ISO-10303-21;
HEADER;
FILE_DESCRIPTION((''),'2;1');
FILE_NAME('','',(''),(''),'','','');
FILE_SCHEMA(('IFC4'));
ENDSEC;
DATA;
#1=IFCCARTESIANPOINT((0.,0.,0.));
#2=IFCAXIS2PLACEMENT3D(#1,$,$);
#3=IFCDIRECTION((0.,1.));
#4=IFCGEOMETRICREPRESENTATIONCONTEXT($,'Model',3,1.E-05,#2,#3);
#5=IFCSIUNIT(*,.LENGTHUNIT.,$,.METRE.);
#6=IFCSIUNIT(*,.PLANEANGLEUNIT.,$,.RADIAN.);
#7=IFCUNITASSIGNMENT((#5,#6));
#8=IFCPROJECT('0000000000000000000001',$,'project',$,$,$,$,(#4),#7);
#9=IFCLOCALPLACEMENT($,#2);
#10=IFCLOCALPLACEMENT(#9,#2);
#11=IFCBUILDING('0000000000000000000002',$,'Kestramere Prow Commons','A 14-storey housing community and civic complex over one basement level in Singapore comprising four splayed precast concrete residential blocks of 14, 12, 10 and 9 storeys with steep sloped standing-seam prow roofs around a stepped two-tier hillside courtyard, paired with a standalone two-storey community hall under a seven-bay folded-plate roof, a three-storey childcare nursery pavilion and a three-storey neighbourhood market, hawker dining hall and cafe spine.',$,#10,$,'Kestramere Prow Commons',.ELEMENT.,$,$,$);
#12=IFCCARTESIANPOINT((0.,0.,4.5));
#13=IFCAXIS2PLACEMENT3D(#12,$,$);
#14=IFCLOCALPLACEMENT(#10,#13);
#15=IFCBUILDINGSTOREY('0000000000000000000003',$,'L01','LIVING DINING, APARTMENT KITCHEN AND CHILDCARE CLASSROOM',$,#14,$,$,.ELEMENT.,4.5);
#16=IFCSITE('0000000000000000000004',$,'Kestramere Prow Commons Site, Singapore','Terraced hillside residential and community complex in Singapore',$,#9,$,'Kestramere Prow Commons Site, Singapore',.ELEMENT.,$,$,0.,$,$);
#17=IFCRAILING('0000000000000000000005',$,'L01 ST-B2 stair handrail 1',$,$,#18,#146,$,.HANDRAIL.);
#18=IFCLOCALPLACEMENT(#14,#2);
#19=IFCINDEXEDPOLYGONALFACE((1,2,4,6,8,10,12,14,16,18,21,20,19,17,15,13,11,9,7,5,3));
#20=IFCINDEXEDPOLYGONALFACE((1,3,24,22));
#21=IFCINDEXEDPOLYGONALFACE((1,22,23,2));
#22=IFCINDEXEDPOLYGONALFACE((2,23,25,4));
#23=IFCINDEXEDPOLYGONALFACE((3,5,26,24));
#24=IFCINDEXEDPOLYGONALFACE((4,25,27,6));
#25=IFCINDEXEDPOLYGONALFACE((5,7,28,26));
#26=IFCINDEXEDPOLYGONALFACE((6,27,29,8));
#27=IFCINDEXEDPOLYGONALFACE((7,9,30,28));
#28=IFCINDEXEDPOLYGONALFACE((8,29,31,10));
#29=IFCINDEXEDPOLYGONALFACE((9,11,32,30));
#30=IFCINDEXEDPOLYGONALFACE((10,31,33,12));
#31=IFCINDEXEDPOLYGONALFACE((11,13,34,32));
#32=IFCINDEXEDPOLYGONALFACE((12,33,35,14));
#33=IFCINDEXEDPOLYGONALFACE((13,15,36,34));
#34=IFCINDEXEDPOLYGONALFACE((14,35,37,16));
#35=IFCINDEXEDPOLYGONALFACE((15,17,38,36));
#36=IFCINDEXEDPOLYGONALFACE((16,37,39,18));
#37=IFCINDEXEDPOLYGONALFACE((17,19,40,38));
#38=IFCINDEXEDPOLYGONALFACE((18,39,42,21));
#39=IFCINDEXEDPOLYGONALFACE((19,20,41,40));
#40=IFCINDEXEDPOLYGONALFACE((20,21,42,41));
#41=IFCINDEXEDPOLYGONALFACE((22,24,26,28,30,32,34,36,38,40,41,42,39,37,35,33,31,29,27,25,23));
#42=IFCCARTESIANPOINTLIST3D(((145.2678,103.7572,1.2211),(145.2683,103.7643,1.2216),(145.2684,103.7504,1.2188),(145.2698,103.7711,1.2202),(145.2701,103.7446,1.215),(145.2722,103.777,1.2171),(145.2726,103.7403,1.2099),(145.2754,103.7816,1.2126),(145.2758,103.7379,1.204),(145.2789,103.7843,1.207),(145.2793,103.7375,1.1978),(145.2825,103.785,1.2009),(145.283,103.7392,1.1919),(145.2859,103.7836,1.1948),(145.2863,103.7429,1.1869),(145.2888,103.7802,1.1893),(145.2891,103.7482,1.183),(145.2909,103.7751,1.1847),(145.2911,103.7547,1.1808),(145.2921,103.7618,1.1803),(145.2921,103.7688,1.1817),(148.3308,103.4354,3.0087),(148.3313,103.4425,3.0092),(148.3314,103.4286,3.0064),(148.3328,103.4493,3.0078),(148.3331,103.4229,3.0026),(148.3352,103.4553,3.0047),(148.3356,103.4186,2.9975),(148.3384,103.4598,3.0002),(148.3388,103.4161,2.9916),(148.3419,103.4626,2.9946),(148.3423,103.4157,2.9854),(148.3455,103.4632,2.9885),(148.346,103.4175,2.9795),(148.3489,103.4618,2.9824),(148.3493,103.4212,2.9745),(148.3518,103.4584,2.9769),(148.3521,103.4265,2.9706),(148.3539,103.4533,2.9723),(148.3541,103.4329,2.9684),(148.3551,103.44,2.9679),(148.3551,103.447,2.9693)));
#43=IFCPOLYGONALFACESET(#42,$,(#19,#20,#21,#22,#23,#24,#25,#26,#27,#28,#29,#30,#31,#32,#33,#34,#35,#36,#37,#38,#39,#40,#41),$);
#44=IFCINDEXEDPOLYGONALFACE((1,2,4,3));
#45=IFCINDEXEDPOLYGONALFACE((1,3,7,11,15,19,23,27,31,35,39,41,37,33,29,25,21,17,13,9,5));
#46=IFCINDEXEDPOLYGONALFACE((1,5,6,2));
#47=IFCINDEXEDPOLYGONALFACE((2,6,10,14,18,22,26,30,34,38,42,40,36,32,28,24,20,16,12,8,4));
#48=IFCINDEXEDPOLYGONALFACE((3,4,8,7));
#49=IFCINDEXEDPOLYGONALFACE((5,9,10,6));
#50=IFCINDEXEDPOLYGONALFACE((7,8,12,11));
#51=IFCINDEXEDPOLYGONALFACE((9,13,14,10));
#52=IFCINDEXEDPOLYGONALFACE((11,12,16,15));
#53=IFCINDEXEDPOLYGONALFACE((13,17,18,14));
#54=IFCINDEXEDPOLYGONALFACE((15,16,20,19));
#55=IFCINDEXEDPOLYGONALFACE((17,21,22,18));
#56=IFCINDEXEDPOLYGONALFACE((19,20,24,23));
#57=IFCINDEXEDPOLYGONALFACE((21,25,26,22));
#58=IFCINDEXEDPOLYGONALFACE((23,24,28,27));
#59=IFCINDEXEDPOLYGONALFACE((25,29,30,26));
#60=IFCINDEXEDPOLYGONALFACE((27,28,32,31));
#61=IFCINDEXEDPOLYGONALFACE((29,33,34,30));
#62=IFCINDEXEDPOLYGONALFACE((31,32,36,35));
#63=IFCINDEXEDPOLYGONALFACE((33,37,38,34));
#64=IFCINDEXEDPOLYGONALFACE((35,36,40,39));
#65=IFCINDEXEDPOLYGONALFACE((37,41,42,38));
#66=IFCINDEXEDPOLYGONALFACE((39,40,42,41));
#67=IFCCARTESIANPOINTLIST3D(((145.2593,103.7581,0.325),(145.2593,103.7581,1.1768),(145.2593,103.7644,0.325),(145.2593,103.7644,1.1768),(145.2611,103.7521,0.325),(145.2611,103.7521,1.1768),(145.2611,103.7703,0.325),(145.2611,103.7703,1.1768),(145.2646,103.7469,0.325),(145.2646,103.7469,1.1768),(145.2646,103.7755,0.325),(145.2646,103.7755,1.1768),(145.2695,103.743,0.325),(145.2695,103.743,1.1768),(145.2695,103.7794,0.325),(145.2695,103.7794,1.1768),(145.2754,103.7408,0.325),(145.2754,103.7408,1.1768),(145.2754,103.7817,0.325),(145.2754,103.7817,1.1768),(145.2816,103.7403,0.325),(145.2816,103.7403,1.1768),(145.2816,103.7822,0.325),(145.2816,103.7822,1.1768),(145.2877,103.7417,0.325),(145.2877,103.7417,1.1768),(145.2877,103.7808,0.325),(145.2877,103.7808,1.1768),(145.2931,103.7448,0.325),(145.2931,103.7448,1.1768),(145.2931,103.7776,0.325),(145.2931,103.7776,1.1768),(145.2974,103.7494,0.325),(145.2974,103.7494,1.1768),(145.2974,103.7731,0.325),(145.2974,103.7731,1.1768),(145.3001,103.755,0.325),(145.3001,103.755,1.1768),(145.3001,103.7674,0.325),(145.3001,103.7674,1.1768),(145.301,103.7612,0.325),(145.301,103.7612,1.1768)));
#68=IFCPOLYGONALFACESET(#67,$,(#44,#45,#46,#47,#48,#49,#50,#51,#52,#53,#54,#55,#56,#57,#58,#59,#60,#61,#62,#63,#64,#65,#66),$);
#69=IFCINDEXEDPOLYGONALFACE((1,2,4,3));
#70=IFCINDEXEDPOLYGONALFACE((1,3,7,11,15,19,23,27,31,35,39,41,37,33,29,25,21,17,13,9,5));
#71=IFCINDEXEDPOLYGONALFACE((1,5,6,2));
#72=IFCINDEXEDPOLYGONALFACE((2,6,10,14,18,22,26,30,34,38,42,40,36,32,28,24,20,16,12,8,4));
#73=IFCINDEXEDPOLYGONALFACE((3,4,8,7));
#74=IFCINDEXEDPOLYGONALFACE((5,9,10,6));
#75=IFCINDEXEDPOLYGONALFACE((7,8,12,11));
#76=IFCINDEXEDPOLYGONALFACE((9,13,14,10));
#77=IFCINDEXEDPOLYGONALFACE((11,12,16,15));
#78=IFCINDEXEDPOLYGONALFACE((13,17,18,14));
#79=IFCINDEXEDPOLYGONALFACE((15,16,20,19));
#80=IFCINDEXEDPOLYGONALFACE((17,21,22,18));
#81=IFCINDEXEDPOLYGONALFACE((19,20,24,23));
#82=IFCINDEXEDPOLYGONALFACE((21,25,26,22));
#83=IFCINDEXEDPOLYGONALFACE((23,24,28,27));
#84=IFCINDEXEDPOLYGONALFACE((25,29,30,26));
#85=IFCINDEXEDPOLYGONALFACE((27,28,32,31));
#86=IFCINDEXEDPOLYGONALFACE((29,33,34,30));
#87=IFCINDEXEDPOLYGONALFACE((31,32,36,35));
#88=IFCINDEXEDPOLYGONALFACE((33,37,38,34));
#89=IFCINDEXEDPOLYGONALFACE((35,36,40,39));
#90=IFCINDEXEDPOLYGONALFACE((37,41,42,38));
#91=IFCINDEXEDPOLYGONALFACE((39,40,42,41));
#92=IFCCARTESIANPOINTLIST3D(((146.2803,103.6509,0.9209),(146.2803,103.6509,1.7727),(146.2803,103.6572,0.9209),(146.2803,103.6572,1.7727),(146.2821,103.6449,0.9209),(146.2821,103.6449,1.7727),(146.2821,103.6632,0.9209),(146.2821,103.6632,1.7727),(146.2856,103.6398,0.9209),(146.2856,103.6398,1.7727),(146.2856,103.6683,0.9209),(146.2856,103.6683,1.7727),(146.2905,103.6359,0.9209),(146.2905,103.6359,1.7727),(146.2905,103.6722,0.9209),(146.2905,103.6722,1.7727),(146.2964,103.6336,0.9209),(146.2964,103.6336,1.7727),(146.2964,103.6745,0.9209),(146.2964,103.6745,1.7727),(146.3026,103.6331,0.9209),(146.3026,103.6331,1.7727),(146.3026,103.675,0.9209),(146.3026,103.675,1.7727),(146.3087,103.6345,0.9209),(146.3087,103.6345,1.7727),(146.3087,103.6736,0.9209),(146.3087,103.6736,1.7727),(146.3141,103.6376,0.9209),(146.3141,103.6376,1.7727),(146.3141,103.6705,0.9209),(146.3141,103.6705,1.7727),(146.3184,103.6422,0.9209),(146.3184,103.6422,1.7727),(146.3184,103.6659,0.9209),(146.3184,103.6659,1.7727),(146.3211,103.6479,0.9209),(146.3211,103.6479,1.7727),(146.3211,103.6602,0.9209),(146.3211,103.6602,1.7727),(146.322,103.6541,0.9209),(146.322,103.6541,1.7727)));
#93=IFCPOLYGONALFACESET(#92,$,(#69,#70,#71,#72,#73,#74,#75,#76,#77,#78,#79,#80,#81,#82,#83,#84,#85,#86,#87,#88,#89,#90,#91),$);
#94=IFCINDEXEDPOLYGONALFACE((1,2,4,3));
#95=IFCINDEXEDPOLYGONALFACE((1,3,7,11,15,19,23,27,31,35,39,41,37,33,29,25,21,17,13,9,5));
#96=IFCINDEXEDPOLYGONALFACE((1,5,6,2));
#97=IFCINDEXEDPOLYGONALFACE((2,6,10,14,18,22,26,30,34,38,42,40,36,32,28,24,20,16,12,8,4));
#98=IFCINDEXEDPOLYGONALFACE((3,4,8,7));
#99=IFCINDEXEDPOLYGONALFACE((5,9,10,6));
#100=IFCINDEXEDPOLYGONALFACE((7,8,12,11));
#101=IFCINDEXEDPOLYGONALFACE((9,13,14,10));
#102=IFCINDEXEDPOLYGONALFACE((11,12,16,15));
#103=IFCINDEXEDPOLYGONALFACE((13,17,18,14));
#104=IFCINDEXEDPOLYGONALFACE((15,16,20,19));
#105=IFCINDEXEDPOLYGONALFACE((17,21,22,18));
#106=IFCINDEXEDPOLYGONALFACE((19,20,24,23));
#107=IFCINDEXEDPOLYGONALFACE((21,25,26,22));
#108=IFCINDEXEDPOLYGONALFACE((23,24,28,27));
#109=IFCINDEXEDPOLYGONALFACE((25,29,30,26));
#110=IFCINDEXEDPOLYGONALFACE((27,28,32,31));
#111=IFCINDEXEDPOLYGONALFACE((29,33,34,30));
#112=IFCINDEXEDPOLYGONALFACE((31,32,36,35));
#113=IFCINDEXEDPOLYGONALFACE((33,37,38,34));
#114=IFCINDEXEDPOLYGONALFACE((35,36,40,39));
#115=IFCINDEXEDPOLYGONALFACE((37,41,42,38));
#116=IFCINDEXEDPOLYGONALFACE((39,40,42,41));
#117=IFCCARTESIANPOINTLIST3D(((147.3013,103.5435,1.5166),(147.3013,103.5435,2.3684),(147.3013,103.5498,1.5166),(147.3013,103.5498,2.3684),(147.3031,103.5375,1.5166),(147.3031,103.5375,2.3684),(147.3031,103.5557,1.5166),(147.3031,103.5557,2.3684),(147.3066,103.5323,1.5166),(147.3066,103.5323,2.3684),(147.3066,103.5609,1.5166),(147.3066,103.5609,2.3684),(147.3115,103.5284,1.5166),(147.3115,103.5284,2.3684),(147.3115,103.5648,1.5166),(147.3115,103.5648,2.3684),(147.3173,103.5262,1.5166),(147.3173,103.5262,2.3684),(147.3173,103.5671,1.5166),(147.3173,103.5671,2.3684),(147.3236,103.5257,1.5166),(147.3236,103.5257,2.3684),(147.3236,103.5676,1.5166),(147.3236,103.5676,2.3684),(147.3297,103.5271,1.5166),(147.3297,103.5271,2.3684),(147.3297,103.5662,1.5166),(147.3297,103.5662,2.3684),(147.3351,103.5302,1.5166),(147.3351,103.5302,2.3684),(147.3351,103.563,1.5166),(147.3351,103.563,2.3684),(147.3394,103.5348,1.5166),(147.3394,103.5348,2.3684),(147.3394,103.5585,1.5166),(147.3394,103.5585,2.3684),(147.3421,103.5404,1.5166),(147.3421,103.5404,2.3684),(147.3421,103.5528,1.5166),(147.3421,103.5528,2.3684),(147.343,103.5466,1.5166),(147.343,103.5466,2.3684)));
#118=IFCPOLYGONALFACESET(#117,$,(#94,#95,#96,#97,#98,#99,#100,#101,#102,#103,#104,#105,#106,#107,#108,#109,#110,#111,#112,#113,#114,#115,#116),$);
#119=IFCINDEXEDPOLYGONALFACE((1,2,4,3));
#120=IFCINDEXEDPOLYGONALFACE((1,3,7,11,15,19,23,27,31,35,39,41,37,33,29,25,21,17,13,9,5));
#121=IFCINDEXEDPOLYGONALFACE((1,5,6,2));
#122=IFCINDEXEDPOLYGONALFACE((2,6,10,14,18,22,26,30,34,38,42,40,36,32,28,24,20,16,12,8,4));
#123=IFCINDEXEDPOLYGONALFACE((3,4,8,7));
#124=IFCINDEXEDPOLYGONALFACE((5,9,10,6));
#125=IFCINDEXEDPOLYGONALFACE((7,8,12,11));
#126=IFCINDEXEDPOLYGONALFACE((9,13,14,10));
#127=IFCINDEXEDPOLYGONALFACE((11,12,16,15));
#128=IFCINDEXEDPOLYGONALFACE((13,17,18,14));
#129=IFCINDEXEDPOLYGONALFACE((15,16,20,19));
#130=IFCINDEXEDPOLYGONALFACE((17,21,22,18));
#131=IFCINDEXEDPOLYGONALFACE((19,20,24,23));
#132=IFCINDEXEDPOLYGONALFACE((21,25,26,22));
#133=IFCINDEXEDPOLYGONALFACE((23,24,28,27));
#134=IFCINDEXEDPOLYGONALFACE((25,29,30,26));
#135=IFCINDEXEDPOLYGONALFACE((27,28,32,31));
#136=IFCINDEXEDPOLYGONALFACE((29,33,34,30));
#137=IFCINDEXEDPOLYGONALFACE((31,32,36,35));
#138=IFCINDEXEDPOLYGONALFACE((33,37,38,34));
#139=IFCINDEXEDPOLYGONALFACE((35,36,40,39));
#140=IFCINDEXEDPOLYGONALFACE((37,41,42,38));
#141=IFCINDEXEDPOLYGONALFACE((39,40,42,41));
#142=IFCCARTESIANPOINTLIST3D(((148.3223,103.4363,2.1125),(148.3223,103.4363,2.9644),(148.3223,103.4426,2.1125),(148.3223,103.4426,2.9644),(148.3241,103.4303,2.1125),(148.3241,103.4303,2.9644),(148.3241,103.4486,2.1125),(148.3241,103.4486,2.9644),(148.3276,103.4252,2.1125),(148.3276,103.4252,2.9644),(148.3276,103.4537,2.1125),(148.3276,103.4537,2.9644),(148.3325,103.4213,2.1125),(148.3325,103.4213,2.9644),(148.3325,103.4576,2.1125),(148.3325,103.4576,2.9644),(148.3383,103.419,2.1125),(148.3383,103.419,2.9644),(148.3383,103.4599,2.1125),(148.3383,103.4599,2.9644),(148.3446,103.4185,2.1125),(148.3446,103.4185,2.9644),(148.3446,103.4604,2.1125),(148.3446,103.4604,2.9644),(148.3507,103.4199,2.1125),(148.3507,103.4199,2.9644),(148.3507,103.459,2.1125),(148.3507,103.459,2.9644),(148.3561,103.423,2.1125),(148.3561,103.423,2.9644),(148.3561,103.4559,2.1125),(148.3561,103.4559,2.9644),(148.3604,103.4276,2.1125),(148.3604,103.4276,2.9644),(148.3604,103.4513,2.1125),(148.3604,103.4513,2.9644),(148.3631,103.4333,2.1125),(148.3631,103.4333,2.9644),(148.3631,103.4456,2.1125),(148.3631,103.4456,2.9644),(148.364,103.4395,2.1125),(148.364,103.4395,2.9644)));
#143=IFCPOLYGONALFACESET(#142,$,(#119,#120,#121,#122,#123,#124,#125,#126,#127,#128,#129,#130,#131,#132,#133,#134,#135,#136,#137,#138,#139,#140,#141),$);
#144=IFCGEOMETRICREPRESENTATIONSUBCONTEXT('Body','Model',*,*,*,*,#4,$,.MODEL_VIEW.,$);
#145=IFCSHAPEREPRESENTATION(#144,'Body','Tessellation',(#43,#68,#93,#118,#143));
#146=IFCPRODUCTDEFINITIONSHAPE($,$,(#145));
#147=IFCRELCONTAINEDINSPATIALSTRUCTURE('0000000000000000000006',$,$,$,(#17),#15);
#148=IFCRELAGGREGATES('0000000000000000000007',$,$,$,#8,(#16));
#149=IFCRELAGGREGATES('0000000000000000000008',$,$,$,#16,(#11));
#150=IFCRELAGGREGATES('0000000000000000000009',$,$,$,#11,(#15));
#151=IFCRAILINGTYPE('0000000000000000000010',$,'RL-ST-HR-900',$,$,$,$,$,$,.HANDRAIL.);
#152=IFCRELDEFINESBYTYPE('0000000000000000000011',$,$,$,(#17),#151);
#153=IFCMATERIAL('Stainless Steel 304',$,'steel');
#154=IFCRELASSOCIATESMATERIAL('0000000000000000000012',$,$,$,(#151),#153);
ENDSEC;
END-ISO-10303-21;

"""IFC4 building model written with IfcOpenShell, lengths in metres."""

from ifc_helpers import new_model, si_unit, direction, frame, origin, origin_2d, place, context, subcontext, project, spatial, circle, extrude, material, type_object, element, save


model = new_model("IFC4")

# Units and contexts
model_context = context("Model", 3, precision=1e-05, world=origin(), true_north=direction((0.0, 1.0)))
body_context = subcontext(model_context, "Body", "Model", "MODEL_VIEW")
ifc_project = project(units=[si_unit("LENGTHUNIT", "METRE"), si_unit("PLANEANGLEUNIT", "RADIAN")], contexts=[model_context])

# Site, building, storey
site_placement = place(None, origin())
site = spatial("IfcSite", under=ifc_project, at=site_placement, Name="Kestramere Prow Commons Site, Singapore", Description="Terraced hillside residential and community complex in Singapore", LongName="Kestramere Prow Commons Site, Singapore", CompositionType="ELEMENT", RefElevation=0.0)
building_placement = place(site_placement, origin())
building = spatial("IfcBuilding", under=site, at=building_placement, Name="Kestramere Prow Commons", Description="A 14-storey housing community and civic complex over one basement level in Singapore comprising four splayed precast concrete residential blocks of 14, 12, 10 and 9 storeys with steep sloped standing-seam prow roofs around a stepped two-tier hillside courtyard, paired with a standalone two-storey community hall under a seven-bay folded-plate roof, a three-storey childcare nursery pavilion and a three-storey neighbourhood market, hawker dining hall and cafe spine.", LongName="Kestramere Prow Commons", CompositionType="ELEMENT")
storey_placement = place(building_placement, frame((0.0, 0.0, 4.5)))
storey = spatial("IfcBuildingStorey", under=building, at=storey_placement, Name="L01", Description="LIVING DINING, APARTMENT KITCHEN AND CHILDCARE CLASSROOM", CompositionType="ELEMENT", Elevation=4.5)

# Railing
ifc_material_1 = material(Name="Stainless Steel 304", Category="steel")
railing_type_1 = type_object("IfcRailingType", Name="RL-ST-HR-900", PredefinedType="HANDRAIL", material=ifc_material_1)
railing_1_placement = place(storey_placement, frame((145.28, 103.7612, 0.325)))
element("IfcRailing", 1, at=railing_1_placement, inside=storey, type_object=railing_type_1, Name="L01 ST-B2 stair handrail 1", PredefinedType="HANDRAIL", context=body_context, shape_type="SweptSolid", body=[
    extrude(circle(Radius=0.0239, at=origin_2d()), frame((0.0, 0.0, 0.876), z_axis=(0.860141, -0.090361, 0.501989), x_axis=(0.104478, 0.994527, 0.0)), (0.0, 0.0, 1.0), 3.561),
    extrude(circle(Radius=0.021, at=origin_2d()), origin(), (0.0, 0.0, 1.0), 0.8518),
    extrude(circle(Radius=0.021, at=origin_2d()), frame((1.021, -0.1072, 0.5959)), (0.0, 0.0, 1.0), 0.8518),
    extrude(circle(Radius=0.021, at=origin_2d()), frame((2.042, -0.2146, 1.1917)), (0.0, 0.0, 1.0), 0.8518),
    extrude(circle(Radius=0.021, at=origin_2d()), frame((3.063, -0.3218, 1.7876)), (0.0, 0.0, 1.0), 0.8518),
])

save(model, "model.ifc")
